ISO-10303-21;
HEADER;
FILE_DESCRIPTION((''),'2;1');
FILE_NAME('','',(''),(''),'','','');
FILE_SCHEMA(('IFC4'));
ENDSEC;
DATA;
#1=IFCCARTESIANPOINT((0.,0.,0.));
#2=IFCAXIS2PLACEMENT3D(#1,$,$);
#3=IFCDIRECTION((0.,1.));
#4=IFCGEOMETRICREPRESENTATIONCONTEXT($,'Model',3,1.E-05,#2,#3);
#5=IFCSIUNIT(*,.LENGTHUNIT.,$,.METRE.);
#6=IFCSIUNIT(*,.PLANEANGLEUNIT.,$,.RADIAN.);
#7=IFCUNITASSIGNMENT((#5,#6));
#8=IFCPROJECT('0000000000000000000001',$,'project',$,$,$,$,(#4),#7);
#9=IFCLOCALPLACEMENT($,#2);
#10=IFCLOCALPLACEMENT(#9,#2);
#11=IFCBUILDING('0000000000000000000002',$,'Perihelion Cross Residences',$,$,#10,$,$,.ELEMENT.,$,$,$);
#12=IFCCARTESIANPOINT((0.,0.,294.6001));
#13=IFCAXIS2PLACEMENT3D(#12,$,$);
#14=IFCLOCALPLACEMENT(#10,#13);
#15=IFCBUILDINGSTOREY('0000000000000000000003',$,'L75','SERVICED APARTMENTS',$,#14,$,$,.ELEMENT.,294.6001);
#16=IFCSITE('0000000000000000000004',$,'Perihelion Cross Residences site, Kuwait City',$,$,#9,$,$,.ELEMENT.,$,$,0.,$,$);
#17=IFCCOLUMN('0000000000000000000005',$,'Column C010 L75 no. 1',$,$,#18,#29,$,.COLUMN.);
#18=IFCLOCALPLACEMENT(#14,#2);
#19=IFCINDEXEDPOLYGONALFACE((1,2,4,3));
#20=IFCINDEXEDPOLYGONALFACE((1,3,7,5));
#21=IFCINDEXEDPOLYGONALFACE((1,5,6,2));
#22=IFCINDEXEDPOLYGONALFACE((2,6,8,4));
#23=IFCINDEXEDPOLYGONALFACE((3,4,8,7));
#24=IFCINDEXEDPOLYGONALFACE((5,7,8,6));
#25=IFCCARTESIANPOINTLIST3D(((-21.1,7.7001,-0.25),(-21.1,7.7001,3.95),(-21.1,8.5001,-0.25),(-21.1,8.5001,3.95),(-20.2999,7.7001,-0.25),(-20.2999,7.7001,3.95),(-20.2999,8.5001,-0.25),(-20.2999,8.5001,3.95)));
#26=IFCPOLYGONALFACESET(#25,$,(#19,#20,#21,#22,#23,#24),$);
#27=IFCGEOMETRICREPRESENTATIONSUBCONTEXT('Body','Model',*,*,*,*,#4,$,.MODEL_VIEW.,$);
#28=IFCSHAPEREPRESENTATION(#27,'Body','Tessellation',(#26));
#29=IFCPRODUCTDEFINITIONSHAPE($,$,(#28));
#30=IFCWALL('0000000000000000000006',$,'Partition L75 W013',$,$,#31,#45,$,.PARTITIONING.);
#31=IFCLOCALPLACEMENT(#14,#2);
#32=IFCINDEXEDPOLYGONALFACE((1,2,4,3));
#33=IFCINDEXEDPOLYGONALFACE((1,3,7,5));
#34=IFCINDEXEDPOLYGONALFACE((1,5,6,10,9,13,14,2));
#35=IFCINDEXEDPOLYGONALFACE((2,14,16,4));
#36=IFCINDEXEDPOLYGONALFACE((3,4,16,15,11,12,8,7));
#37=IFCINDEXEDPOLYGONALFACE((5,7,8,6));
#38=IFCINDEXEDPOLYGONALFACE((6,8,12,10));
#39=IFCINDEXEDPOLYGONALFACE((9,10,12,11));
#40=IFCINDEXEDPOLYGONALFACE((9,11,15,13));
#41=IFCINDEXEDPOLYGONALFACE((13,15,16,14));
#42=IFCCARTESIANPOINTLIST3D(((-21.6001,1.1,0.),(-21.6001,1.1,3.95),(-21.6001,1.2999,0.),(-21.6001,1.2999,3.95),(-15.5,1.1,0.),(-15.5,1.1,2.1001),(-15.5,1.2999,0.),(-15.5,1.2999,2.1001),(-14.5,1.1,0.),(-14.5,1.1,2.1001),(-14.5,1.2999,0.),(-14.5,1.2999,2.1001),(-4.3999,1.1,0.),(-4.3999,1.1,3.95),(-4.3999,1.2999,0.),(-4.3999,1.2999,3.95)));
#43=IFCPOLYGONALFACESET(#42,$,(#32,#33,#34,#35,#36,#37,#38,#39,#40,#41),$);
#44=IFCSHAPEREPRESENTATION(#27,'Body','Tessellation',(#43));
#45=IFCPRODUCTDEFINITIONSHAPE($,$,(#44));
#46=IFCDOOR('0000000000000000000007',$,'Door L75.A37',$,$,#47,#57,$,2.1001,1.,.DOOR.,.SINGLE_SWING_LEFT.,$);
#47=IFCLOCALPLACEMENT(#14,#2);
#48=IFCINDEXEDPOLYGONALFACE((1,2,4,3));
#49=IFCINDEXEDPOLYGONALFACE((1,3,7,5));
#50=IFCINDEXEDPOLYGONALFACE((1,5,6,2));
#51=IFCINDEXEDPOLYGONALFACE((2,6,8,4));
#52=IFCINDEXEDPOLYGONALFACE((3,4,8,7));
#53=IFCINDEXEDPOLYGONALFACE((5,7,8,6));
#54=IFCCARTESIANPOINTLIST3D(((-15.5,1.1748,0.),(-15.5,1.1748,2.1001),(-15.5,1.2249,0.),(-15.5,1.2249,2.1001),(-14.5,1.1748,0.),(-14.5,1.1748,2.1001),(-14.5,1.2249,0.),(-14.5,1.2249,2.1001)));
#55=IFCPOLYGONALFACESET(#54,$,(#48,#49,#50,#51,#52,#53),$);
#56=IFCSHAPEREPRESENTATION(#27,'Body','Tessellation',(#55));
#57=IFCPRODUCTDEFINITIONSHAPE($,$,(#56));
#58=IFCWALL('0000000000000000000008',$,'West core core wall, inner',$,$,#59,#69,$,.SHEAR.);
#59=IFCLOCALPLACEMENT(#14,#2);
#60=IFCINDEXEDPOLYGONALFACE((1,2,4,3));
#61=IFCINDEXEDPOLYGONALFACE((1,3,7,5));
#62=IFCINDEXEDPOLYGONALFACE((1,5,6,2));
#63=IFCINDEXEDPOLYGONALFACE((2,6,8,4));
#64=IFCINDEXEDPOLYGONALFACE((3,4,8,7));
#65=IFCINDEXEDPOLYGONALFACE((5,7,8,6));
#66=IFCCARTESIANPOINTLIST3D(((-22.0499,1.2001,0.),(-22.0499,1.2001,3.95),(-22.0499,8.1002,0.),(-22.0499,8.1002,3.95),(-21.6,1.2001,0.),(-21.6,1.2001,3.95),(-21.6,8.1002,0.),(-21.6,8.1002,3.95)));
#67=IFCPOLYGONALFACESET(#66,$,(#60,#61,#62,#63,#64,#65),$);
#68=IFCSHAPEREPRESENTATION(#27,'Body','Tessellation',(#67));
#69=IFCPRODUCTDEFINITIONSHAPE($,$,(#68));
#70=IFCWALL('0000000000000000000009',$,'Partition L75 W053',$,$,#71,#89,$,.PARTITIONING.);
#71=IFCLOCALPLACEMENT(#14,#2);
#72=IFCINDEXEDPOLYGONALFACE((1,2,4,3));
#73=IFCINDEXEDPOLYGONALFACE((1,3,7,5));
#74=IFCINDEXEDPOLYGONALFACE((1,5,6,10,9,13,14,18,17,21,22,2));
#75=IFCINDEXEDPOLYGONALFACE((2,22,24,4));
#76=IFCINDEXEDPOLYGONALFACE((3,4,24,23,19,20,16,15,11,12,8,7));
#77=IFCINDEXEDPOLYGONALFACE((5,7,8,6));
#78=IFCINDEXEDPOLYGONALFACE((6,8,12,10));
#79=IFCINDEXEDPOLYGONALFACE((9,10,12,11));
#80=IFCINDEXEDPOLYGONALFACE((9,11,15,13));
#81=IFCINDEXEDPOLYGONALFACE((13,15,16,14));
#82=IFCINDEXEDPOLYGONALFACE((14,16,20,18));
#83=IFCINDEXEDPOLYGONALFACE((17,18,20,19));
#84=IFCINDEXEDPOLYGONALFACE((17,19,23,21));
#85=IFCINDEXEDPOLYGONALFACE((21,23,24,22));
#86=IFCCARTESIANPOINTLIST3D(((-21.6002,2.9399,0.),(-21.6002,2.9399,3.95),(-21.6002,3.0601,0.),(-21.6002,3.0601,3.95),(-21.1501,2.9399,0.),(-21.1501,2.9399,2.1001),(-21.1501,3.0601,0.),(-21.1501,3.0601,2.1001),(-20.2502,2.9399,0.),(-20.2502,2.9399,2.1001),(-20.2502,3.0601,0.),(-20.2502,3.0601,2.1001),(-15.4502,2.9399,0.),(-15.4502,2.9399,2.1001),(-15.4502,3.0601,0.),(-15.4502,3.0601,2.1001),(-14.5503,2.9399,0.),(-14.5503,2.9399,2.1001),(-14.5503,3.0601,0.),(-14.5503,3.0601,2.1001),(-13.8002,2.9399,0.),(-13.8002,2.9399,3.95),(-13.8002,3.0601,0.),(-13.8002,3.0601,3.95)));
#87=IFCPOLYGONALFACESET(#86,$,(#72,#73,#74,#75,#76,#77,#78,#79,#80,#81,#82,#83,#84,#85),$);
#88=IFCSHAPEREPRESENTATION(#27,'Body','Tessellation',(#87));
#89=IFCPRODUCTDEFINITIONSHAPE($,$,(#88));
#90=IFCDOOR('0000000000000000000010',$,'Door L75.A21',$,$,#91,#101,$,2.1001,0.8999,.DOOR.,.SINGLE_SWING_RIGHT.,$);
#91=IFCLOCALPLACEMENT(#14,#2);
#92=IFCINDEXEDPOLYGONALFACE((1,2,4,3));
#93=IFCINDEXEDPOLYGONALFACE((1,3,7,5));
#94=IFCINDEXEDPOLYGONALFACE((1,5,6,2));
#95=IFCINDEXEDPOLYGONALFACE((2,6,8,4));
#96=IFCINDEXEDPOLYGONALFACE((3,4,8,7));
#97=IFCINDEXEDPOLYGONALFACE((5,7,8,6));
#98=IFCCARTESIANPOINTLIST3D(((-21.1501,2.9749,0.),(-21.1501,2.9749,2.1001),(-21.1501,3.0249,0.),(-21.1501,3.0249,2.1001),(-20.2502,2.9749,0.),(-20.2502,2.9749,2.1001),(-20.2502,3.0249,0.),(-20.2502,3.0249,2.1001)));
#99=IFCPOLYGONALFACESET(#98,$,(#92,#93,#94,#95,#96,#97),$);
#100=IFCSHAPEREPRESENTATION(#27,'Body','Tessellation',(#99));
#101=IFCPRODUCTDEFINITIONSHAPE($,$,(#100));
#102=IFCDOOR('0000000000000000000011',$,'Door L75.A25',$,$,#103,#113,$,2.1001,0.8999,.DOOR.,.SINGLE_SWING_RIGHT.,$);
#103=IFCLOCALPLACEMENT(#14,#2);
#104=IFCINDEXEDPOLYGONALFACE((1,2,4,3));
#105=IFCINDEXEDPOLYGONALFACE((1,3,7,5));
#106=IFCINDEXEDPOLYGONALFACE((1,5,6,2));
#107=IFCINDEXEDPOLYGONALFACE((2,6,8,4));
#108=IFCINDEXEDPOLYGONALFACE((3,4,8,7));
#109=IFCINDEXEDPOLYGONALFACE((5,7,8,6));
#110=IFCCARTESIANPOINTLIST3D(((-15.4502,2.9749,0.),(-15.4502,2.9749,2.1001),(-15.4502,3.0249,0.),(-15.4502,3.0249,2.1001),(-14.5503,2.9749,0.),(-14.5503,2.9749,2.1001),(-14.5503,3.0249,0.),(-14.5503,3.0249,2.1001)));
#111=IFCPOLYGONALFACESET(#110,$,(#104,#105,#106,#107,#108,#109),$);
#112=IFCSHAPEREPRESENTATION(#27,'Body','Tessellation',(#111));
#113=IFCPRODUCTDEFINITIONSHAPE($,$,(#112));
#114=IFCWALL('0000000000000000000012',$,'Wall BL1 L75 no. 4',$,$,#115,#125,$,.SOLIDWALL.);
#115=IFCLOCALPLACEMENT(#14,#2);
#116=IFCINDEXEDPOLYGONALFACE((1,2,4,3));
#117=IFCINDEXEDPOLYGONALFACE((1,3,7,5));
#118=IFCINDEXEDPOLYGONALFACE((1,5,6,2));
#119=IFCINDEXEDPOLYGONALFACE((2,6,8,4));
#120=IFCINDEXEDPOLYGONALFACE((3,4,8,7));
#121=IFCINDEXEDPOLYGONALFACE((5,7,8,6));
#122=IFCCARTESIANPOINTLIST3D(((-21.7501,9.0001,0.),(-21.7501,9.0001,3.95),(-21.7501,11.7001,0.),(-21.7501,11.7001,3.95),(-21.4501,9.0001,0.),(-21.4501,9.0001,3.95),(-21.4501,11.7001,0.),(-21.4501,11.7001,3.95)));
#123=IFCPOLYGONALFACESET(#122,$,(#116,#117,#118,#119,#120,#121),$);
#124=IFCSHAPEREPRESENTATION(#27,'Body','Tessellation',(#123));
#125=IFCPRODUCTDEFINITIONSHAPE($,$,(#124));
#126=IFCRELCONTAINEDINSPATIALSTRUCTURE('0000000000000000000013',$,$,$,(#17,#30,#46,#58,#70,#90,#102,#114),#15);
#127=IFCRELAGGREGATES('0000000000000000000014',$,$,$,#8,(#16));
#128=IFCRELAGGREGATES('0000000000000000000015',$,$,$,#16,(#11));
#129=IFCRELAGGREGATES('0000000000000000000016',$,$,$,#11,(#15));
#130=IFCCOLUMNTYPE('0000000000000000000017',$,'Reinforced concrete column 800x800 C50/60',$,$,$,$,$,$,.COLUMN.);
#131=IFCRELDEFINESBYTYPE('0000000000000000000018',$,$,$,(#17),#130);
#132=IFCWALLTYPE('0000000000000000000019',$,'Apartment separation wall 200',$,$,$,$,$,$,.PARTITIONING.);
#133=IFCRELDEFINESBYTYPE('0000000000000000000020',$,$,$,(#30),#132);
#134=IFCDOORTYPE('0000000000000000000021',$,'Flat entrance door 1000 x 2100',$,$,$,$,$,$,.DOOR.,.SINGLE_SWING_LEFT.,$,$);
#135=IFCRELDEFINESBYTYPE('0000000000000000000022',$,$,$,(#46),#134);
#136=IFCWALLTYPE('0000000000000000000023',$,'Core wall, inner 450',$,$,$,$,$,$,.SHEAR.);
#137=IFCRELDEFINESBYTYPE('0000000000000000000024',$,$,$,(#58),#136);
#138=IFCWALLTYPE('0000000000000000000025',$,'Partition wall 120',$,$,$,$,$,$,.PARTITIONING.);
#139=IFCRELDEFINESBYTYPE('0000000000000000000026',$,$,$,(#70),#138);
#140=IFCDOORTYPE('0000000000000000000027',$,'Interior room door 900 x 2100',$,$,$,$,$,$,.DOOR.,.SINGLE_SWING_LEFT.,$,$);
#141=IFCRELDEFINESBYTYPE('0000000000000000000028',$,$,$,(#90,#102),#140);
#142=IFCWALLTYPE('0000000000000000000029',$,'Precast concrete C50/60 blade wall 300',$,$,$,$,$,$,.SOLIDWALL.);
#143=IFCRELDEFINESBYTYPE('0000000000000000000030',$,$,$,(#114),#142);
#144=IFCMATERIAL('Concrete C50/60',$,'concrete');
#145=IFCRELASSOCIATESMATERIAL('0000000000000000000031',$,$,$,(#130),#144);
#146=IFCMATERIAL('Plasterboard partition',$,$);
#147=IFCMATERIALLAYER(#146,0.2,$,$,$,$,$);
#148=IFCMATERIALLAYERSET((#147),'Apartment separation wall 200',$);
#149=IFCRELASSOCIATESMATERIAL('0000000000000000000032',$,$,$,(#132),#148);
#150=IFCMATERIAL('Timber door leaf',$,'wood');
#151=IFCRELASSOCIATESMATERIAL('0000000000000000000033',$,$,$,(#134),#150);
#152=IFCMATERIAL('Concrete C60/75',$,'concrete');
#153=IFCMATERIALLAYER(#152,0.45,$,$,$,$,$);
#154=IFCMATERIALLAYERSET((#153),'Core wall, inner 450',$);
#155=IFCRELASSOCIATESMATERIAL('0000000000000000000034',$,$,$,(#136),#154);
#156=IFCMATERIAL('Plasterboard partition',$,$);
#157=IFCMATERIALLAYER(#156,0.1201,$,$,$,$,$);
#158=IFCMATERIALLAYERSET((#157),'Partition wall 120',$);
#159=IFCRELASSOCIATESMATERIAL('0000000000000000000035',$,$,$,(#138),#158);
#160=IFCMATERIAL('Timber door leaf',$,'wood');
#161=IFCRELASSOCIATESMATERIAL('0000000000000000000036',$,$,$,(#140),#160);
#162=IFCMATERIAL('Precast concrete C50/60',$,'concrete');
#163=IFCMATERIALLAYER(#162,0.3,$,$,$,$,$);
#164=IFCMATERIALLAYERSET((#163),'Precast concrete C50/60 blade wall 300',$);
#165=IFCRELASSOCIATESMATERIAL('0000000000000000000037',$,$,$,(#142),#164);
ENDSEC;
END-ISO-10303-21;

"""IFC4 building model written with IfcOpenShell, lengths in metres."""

from ifc_helpers import new_model, si_unit, direction, frame, frame_2d, origin, origin_2d, place, context, subcontext, project, spatial, rectangle, extrude, material, layer, layer_set, material_profile, profile_set, type_object, element, fill, save


model = new_model("IFC4")

# Units and contexts
model_context = context("Model", 3, precision=1e-05, world=origin(), true_north=direction((0.0, 1.0)))
body_context = subcontext(model_context, "Body", "Model", "MODEL_VIEW")
ifc_project = project(units=[si_unit("LENGTHUNIT", "METRE"), si_unit("PLANEANGLEUNIT", "RADIAN")], contexts=[model_context])

# Site, building, storey
site_placement = place(None, origin())
site = spatial("IfcSite", under=ifc_project, at=site_placement, Name="Perihelion Cross Residences site, Kuwait City", CompositionType="ELEMENT", RefElevation=0.0)
building_placement = place(site_placement, origin())
building = spatial("IfcBuilding", under=site, at=building_placement, Name="Perihelion Cross Residences", CompositionType="ELEMENT")
storey_placement = place(building_placement, frame((0.0, 0.0, 294.6001)))
storey = spatial("IfcBuildingStorey", under=building, at=storey_placement, Name="L75", Description="SERVICED APARTMENTS", CompositionType="ELEMENT", Elevation=294.6001)

# Column
ifc_material_1 = material(Name="Concrete C50/60", Category="concrete")
ifc_material_profile = material_profile(ifc_material_1, rectangle(XDim=0.8, YDim=0.8, at=origin_2d()), Name="RC 800x800")
ifc_profile_set = profile_set([ifc_material_profile], Name="Concrete C50/60")
column_type = type_object("IfcColumnType", Name="Reinforced concrete column 800x800 C50/60", PredefinedType="COLUMN", material=ifc_profile_set)
column_placement = place(storey_placement, frame((-20.7, 8.1001, -0.25), z_axis=(0.0, 0.0, 1.0), x_axis=(1.0, 0.0, 0.0)))
element("IfcColumn", 1, at=column_placement, inside=storey, type_object=column_type, Name="Column C010 L75 no. 1", PredefinedType="COLUMN", context=body_context, shape_type="SweptSolid", body=[
    extrude(rectangle(XDim=0.8, YDim=0.8, at=origin_2d()), origin(), (0.0, 0.0, 1.0), 4.2),
])

# Wall, opening, door
ifc_material_2 = material(Name="Plasterboard partition")
ifc_layer_1 = layer(ifc_material_2, 0.2)
ifc_layer_set_1 = layer_set([ifc_layer_1], Name="Apartment separation wall 200")
wall_type_1 = type_object("IfcWallType", Name="Apartment separation wall 200", PredefinedType="PARTITIONING", material=ifc_layer_set_1)
wall_1_placement = place(storey_placement, frame((-21.6001, 1.2, 0.0), z_axis=(0.0, 0.0, 1.0), x_axis=(1.0, 0.0, 0.0)))
wall_1 = element("IfcWall", 2, at=wall_1_placement, inside=storey, type_object=wall_type_1, Name="Partition L75 W013", PredefinedType="PARTITIONING", context=body_context, shape_type="SweptSolid", body=[
    extrude(rectangle(XDim=17.2002, YDim=0.2, at=frame_2d((8.6001, 0.0))), origin(), (0.0, 0.0, 1.0), 3.95),
])
opening_1_placement = place(wall_1_placement, frame((6.1001, 0.0, 0.0)))
opening_1 = element("IfcOpeningElement", 3, at=opening_1_placement, cuts=wall_1, PredefinedType="OPENING", context=body_context, shape_type="SweptSolid", body=[
    extrude(rectangle(XDim=1.0, YDim=2.1001, at=frame_2d((0.5, 1.05))), frame((0.0, 0.1099, 0.0), z_axis=(0.0, -1.0, 0.0), x_axis=(1.0, 0.0, 0.0)), (0.0, 0.0, 1.0), 0.22),
])
ifc_material_3 = material(Name="Timber door leaf", Category="wood")
door_type_1 = type_object("IfcDoorType", Name="Flat entrance door 1000 x 2100", OperationType="SINGLE_SWING_LEFT", PredefinedType="DOOR", material=ifc_material_3)
door_1_placement = place(opening_1_placement, origin())
door_1 = element("IfcDoor", 4, at=door_1_placement, inside=storey, type_object=door_type_1, Name="Door L75.A37", OperationType="SINGLE_SWING_LEFT", OverallHeight=2.1001, OverallWidth=1.0, PredefinedType="DOOR", context=body_context, shape_type="SweptSolid", body=[
    extrude(rectangle(XDim=1.0, YDim=2.1001, at=frame_2d((0.5, 1.05))), frame((0.0, 0.0249, 0.0), z_axis=(0.0, -1.0, 0.0), x_axis=(1.0, 0.0, 0.0)), (0.0, 0.0, 1.0), 0.05),
])
fill(opening_1, door_1)

# Wall
ifc_material_4 = material(Name="Concrete C60/75", Category="concrete")
ifc_layer_2 = layer(ifc_material_4, 0.45)
ifc_layer_set_2 = layer_set([ifc_layer_2], Name="Core wall, inner 450")
wall_type_2 = type_object("IfcWallType", Name="Core wall, inner 450", PredefinedType="SHEAR", material=ifc_layer_set_2)
wall_2_placement = place(storey_placement, frame((-21.825, 1.2, 0.0), z_axis=(0.0, 0.0, 1.0), x_axis=(0.0, 1.0, 0.0)))
element("IfcWall", 5, at=wall_2_placement, inside=storey, type_object=wall_type_2, Name="West core core wall, inner", PredefinedType="SHEAR", context=body_context, shape_type="SweptSolid", body=[
    extrude(rectangle(XDim=6.9001, YDim=0.45, at=frame_2d((3.4502, 0.0))), origin(), (0.0, 0.0, 1.0), 3.95),
])

# Wall, openings, doors
ifc_material_5 = material(Name="Plasterboard partition")
ifc_layer_3 = layer(ifc_material_5, 0.1201)
ifc_layer_set_3 = layer_set([ifc_layer_3], Name="Partition wall 120")
wall_type_3 = type_object("IfcWallType", Name="Partition wall 120", PredefinedType="PARTITIONING", material=ifc_layer_set_3)
wall_3_placement = place(storey_placement, frame((-21.6001, 3.0, 0.0), z_axis=(0.0, 0.0, 1.0), x_axis=(1.0, 0.0, 0.0)))
wall_3 = element("IfcWall", 6, at=wall_3_placement, inside=storey, type_object=wall_type_3, Name="Partition L75 W053", PredefinedType="PARTITIONING", context=body_context, shape_type="SweptSolid", body=[
    extrude(rectangle(XDim=7.8, YDim=0.1201, at=frame_2d((3.8999, 0.0))), origin(), (0.0, 0.0, 1.0), 3.95),
])
opening_2_placement = place(wall_3_placement, frame((0.45, 0.0, 0.0)))
opening_2 = element("IfcOpeningElement", 7, at=opening_2_placement, cuts=wall_3, PredefinedType="OPENING", context=body_context, shape_type="SweptSolid", body=[
    extrude(rectangle(XDim=0.8999, YDim=2.1001, at=frame_2d((0.45, 1.05))), frame((0.0, 0.0701, 0.0), z_axis=(0.0, -1.0, 0.0), x_axis=(1.0, 0.0, 0.0)), (0.0, 0.0, 1.0), 0.1401),
])
opening_3_placement = place(wall_3_placement, frame((6.1499, 0.0, 0.0)))
opening_3 = element("IfcOpeningElement", 8, at=opening_3_placement, cuts=wall_3, PredefinedType="OPENING", context=body_context, shape_type="SweptSolid", body=[
    extrude(rectangle(XDim=0.8999, YDim=2.1001, at=frame_2d((0.45, 1.05))), frame((0.0, 0.0701, 0.0), z_axis=(0.0, -1.0, 0.0), x_axis=(1.0, 0.0, 0.0)), (0.0, 0.0, 1.0), 0.1401),
])
ifc_material_6 = material(Name="Timber door leaf", Category="wood")
door_type_2 = type_object("IfcDoorType", Name="Interior room door 900 x 2100", OperationType="SINGLE_SWING_LEFT", PredefinedType="DOOR", material=ifc_material_6)
door_2_placement = place(opening_2_placement, origin())
door_2 = element("IfcDoor", 9, at=door_2_placement, inside=storey, type_object=door_type_2, Name="Door L75.A21", OperationType="SINGLE_SWING_RIGHT", OverallHeight=2.1001, OverallWidth=0.8999, PredefinedType="DOOR", context=body_context, shape_type="SweptSolid", body=[
    extrude(rectangle(XDim=0.8999, YDim=2.1001, at=frame_2d((0.45, 1.05))), frame((0.0, 0.0249, 0.0), z_axis=(0.0, -1.0, 0.0), x_axis=(1.0, 0.0, 0.0)), (0.0, 0.0, 1.0), 0.05),
])
fill(opening_2, door_2)
door_3_placement = place(opening_3_placement, origin())
door_3 = element("IfcDoor", 10, at=door_3_placement, inside=storey, type_object=door_type_2, Name="Door L75.A25", OperationType="SINGLE_SWING_RIGHT", OverallHeight=2.1001, OverallWidth=0.8999, PredefinedType="DOOR", context=body_context, shape_type="SweptSolid", body=[
    extrude(rectangle(XDim=0.8999, YDim=2.1001, at=frame_2d((0.45, 1.05))), frame((0.0, 0.0249, 0.0), z_axis=(0.0, -1.0, 0.0), x_axis=(1.0, 0.0, 0.0)), (0.0, 0.0, 1.0), 0.05),
])
fill(opening_3, door_3)

# Wall
ifc_material_7 = material(Name="Precast concrete C50/60", Category="concrete")
ifc_layer_4 = layer(ifc_material_7, 0.3)
ifc_layer_set_4 = layer_set([ifc_layer_4], Name="Precast concrete C50/60 blade wall 300")
wall_type_4 = type_object("IfcWallType", Name="Precast concrete C50/60 blade wall 300", PredefinedType="SOLIDWALL", material=ifc_layer_set_4)
wall_4_placement = place(storey_placement, frame((-21.6001, 9.0, 0.0), z_axis=(0.0, 0.0, 1.0), x_axis=(0.0, 1.0, 0.0)))
element("IfcWall", 11, at=wall_4_placement, inside=storey, type_object=wall_type_4, Name="Wall BL1 L75 no. 4", PredefinedType="SOLIDWALL", context=body_context, shape_type="SweptSolid", body=[
    extrude(rectangle(XDim=2.7, YDim=0.3, at=frame_2d((1.3501, 0.0))), origin(), (0.0, 0.0, 1.0), 3.95),
])

save(model, "model.ifc")
